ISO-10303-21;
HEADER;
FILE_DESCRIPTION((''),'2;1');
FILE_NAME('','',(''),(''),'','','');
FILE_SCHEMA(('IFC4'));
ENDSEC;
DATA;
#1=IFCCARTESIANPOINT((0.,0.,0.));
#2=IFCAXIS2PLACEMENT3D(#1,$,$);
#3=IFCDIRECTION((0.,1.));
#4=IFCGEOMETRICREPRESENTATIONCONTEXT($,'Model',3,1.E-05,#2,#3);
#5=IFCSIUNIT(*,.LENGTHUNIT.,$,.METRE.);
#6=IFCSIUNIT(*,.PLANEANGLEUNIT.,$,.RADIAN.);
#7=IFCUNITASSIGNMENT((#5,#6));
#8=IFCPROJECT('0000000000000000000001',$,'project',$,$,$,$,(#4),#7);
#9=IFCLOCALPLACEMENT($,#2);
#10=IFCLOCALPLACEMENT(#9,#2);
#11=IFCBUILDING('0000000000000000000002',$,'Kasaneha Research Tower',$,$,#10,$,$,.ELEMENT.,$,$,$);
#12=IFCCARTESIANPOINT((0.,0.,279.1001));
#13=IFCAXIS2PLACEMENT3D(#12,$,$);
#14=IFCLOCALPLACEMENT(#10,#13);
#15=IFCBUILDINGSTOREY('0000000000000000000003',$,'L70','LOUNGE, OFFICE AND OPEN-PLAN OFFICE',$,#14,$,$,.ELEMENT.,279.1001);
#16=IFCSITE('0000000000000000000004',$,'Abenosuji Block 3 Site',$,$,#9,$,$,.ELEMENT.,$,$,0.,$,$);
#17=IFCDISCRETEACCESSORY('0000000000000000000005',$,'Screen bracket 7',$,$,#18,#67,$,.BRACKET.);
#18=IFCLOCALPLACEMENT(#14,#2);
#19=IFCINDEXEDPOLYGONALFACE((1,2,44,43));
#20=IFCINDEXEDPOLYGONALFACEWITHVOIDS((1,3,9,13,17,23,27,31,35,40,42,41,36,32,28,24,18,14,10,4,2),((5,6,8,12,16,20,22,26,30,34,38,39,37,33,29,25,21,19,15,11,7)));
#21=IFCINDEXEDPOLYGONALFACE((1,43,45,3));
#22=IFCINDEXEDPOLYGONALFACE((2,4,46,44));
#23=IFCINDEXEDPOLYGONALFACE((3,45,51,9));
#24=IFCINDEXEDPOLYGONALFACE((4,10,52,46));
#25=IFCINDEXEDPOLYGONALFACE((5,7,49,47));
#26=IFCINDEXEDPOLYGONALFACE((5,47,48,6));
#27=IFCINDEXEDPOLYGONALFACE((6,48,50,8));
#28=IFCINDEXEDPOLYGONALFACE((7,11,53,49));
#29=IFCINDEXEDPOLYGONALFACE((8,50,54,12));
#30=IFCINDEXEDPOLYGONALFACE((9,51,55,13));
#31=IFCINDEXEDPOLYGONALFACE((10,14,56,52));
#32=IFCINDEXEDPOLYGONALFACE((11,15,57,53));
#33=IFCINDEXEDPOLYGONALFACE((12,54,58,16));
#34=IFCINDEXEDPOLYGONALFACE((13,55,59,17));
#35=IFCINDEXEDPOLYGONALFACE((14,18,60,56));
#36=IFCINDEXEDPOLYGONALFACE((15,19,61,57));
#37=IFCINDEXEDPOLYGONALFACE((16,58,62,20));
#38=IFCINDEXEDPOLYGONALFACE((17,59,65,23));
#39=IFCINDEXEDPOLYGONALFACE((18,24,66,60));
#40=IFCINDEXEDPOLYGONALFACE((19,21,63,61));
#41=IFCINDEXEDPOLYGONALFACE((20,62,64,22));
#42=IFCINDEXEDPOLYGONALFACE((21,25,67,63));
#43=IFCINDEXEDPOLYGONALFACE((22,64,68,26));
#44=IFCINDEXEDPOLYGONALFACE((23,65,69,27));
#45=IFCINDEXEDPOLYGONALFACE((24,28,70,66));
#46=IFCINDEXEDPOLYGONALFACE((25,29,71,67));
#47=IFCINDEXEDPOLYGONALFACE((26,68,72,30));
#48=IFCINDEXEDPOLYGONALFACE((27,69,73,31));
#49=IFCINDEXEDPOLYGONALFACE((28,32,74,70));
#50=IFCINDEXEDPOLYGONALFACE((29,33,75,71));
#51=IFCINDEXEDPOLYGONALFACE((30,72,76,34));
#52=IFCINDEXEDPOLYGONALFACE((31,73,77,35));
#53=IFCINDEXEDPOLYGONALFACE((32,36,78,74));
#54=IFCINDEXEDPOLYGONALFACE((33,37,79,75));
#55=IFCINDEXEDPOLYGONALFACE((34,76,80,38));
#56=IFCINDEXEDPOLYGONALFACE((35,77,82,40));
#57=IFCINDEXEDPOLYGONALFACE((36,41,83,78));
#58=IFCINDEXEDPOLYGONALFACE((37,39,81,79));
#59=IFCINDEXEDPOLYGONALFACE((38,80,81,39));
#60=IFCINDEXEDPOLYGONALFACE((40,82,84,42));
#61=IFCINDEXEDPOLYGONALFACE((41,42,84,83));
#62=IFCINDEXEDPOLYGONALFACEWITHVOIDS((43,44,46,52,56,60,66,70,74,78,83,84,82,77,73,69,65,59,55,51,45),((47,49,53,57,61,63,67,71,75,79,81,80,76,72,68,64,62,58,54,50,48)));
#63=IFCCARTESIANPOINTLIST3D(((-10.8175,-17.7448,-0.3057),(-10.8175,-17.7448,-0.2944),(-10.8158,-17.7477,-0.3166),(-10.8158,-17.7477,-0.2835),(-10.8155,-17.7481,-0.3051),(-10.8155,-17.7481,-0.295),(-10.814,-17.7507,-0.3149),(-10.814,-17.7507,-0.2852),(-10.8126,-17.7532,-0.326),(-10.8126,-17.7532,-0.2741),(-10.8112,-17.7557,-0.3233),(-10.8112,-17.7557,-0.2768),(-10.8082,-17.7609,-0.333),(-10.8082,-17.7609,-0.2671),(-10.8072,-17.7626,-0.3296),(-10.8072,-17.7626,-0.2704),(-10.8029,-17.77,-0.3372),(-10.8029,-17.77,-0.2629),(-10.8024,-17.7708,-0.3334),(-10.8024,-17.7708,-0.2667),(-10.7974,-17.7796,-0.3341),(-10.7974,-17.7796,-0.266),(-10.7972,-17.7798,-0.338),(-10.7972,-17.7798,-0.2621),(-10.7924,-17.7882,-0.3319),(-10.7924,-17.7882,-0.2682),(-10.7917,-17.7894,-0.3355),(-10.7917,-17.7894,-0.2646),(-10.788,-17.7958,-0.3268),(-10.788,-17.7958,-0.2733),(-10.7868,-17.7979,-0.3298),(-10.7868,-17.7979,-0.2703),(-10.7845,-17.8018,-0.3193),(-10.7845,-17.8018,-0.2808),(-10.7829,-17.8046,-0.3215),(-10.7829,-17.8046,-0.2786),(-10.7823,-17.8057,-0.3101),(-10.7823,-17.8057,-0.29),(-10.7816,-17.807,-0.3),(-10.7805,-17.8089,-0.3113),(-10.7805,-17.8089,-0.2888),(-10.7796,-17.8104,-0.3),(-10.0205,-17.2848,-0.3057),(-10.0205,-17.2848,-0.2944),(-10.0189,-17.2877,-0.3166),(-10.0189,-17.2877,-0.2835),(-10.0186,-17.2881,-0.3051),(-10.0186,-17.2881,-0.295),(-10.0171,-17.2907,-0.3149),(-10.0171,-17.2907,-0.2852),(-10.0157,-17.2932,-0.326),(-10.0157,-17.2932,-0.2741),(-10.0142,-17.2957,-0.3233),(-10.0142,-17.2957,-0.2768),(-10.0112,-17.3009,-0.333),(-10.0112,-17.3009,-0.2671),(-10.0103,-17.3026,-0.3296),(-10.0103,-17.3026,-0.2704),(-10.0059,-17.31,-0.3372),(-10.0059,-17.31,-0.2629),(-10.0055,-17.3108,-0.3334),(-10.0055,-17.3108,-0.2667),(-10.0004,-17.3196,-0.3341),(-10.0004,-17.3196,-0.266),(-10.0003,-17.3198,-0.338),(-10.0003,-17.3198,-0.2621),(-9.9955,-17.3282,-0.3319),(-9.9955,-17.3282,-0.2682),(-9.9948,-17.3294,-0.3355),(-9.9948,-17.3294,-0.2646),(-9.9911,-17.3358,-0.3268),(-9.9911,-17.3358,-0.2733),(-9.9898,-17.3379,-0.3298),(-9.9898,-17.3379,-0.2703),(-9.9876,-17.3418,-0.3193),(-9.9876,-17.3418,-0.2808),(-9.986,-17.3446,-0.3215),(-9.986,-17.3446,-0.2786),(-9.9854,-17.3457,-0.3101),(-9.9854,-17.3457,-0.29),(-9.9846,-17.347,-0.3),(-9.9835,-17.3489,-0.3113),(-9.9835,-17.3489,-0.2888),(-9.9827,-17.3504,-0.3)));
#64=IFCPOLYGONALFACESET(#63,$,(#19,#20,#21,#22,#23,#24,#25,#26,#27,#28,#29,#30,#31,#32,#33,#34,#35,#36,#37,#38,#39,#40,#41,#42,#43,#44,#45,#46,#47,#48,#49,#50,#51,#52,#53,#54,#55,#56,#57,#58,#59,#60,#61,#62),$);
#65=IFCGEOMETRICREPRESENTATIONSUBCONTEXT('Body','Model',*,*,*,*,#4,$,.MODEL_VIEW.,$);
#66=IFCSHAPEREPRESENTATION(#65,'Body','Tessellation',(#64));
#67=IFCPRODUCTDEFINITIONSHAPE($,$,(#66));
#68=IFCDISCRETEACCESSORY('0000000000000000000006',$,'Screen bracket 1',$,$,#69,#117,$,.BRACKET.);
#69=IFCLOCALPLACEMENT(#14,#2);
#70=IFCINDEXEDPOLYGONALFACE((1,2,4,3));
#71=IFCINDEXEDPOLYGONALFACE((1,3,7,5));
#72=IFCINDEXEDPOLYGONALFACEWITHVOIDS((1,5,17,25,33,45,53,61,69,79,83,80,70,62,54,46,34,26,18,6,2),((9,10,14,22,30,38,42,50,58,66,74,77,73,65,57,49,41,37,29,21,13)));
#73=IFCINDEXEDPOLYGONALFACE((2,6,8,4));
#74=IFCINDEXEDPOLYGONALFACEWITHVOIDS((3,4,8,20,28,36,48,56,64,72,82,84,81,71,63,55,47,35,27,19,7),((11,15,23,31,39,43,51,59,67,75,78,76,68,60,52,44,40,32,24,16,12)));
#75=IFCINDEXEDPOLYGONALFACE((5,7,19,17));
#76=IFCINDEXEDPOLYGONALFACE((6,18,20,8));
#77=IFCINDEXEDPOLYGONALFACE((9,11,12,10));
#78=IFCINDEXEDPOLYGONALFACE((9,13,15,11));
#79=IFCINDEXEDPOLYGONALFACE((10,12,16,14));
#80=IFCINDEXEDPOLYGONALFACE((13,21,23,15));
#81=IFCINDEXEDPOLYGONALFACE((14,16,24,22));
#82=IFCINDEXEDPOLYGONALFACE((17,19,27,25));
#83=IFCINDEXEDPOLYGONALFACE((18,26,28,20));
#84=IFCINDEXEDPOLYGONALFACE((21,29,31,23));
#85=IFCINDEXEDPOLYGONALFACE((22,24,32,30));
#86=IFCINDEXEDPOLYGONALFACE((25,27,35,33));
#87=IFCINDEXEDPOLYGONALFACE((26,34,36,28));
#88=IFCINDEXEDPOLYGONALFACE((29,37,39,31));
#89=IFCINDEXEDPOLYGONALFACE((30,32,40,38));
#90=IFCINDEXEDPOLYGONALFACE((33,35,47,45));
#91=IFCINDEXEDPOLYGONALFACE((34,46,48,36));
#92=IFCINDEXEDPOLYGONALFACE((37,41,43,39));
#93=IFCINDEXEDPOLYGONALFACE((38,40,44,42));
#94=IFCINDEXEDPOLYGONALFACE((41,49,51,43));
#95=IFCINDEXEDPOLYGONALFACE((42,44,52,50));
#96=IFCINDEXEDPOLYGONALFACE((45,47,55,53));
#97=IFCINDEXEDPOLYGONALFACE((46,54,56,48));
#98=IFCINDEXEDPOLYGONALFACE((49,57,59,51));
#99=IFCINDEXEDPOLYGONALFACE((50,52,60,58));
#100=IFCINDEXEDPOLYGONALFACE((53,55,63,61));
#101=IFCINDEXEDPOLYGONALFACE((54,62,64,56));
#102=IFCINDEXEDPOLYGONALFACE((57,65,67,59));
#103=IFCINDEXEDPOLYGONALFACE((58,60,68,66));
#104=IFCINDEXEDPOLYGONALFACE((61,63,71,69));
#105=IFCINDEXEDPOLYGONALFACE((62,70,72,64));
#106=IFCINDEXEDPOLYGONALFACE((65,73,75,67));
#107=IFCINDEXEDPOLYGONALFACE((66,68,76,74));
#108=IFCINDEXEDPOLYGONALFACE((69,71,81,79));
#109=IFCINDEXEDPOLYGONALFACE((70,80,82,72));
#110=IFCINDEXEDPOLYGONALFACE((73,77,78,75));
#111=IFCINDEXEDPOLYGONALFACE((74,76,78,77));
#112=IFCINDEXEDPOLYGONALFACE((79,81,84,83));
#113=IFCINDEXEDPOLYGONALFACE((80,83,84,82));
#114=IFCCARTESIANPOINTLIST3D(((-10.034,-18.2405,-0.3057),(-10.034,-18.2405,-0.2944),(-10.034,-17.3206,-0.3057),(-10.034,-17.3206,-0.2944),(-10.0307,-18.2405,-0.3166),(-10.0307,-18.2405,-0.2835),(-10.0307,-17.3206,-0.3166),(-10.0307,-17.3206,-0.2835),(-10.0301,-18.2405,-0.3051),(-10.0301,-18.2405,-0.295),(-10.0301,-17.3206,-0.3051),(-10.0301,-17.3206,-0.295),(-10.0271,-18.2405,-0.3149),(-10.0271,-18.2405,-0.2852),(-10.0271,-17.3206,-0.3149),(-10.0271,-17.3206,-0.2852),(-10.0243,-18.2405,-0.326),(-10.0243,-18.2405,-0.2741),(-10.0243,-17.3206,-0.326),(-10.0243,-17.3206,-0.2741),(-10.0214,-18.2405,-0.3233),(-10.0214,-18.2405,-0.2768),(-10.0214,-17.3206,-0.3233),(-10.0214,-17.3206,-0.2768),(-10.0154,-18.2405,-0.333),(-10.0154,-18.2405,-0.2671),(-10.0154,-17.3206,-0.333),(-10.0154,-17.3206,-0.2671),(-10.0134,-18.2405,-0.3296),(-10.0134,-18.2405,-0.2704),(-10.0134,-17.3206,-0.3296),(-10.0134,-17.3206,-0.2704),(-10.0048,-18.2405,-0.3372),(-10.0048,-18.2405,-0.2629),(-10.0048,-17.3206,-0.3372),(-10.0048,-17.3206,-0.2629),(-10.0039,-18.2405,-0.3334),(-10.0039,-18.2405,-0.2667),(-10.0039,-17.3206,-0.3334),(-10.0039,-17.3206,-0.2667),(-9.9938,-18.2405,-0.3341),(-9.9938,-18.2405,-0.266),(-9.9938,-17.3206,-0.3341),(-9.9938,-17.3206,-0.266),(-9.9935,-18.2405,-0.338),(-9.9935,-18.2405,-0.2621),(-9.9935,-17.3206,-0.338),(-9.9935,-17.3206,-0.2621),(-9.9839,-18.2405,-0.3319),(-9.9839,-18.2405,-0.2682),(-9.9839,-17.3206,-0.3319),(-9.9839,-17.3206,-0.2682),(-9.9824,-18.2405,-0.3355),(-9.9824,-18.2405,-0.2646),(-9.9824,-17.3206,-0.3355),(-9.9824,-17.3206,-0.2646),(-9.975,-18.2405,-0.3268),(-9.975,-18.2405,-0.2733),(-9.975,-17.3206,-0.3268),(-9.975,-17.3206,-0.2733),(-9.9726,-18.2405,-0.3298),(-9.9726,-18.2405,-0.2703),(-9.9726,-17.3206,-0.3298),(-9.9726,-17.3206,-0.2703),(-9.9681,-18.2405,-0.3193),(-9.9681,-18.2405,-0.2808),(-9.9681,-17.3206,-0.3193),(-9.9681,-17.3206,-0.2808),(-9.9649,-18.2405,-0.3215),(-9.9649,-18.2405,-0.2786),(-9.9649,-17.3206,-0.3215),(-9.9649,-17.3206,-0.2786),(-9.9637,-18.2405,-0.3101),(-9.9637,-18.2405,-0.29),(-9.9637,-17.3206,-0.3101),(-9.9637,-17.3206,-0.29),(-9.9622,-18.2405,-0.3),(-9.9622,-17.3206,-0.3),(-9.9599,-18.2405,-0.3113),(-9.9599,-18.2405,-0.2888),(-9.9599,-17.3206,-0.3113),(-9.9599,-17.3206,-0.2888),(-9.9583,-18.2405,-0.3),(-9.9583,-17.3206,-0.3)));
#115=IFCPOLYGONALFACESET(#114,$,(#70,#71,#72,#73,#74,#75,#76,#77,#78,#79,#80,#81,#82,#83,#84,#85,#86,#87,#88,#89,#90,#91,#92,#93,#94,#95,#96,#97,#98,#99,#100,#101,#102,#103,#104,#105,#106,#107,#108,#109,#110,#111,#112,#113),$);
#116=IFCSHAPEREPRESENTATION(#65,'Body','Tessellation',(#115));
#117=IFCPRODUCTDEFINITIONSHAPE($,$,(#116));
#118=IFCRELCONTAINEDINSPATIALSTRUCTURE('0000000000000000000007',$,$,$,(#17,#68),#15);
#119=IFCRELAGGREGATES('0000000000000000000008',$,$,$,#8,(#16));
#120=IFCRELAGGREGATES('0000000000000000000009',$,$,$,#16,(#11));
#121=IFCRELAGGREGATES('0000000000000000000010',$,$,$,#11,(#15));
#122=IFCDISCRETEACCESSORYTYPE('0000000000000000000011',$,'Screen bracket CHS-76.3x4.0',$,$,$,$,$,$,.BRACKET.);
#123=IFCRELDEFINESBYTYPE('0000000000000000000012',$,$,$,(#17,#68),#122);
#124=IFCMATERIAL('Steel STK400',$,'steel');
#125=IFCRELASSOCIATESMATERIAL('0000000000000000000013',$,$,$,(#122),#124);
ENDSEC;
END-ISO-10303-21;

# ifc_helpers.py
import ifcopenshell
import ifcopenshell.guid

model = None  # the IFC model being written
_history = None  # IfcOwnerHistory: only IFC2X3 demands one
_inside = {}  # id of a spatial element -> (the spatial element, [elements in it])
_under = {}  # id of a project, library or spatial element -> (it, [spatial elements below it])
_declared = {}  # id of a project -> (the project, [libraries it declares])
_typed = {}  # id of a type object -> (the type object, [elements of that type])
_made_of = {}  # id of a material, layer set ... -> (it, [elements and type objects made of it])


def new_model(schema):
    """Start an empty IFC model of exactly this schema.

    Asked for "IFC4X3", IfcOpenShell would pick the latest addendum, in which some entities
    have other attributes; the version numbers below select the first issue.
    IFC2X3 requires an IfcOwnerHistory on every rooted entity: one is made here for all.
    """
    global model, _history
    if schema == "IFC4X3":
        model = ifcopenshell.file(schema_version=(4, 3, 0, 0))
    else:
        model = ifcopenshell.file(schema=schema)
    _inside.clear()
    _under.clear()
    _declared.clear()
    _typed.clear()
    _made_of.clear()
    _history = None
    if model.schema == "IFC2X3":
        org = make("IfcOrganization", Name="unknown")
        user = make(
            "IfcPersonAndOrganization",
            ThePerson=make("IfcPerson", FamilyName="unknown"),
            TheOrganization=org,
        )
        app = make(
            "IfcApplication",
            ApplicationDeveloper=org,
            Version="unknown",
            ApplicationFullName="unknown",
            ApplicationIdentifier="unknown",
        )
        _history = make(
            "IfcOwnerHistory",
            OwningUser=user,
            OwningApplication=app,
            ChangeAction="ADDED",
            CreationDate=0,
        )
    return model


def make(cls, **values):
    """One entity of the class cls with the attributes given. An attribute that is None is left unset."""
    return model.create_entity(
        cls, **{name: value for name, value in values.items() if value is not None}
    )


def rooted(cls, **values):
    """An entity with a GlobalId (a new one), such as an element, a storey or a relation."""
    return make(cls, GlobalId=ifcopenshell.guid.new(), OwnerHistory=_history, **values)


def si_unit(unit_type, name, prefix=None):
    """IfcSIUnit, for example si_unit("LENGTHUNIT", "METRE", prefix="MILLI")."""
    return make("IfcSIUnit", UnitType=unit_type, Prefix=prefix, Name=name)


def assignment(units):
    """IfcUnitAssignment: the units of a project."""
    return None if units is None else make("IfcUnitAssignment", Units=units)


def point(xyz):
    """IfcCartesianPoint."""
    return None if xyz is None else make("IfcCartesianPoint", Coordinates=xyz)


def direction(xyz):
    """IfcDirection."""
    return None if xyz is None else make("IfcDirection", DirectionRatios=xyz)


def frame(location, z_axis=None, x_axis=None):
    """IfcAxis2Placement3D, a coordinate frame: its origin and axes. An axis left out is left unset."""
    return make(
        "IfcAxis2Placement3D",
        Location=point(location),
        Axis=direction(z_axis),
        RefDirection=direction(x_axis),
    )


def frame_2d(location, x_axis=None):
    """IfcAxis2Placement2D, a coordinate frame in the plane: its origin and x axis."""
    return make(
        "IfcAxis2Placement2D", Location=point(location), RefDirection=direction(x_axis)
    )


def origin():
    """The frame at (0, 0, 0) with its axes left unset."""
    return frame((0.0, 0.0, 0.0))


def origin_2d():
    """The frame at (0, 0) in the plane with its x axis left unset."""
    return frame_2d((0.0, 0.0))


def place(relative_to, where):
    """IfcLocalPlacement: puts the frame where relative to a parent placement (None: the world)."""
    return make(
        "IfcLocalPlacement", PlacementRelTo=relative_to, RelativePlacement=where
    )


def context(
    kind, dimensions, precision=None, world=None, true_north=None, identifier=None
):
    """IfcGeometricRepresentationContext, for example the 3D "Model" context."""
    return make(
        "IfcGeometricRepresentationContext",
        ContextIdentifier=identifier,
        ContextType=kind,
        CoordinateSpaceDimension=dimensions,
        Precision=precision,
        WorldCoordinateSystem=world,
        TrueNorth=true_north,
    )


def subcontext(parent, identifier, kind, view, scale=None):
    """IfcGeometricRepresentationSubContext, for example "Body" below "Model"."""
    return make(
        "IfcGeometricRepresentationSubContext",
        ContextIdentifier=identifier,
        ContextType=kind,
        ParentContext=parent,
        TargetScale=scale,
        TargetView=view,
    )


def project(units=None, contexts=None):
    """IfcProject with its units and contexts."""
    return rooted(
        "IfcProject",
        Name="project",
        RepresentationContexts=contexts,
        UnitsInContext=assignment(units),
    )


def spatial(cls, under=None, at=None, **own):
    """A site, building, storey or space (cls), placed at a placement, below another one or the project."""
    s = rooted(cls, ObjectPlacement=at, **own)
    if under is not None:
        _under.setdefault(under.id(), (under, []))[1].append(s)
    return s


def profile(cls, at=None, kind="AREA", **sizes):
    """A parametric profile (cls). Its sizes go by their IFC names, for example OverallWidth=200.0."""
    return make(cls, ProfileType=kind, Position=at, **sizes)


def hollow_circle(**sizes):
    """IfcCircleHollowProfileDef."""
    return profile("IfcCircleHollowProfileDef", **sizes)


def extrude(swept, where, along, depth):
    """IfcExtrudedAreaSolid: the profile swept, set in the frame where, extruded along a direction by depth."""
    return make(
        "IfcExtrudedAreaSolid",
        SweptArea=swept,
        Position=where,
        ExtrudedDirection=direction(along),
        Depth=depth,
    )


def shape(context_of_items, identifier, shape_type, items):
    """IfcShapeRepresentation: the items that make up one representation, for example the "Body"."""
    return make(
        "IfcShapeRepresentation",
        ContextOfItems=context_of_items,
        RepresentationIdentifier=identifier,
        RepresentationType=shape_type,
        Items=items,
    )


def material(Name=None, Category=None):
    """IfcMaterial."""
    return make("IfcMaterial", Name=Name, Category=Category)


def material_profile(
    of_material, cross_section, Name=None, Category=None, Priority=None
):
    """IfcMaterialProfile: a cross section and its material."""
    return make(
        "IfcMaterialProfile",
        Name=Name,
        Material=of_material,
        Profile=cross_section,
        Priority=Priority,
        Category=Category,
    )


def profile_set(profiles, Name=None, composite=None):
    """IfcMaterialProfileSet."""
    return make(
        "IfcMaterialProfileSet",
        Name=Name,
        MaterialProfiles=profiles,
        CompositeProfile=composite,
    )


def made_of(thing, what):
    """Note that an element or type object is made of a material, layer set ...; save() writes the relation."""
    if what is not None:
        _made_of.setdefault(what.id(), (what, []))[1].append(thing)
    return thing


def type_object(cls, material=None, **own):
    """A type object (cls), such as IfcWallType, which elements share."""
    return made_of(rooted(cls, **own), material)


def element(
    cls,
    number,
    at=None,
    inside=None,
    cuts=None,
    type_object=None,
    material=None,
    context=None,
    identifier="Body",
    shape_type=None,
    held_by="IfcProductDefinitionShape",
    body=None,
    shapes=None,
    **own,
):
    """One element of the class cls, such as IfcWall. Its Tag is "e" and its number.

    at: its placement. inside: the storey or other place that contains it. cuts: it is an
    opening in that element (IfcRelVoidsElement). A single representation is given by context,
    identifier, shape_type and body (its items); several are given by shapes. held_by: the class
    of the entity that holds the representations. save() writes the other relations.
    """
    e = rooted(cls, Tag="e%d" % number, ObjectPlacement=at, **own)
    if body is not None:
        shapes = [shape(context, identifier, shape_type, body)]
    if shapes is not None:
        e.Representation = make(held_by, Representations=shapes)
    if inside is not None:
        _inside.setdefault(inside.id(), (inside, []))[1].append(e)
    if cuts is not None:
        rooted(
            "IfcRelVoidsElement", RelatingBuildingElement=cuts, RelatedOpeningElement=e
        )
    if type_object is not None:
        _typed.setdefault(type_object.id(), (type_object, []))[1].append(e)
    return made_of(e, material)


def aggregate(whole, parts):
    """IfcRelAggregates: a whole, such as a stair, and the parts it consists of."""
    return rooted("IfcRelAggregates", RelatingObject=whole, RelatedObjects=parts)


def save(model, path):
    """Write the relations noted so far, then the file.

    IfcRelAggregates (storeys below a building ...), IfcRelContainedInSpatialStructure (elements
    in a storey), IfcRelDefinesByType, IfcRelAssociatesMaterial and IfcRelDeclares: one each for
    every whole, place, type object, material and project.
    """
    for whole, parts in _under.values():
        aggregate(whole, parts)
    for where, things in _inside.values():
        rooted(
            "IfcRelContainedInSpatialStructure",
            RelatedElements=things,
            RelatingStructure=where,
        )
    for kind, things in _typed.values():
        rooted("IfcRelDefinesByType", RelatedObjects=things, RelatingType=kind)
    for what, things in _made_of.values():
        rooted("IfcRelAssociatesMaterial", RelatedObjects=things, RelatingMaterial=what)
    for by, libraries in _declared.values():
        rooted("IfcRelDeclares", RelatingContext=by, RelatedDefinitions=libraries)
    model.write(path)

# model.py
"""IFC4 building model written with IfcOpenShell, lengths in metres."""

from ifc_helpers import new_model, si_unit, direction, frame, origin, origin_2d, place, context, subcontext, project, spatial, hollow_circle, extrude, material, material_profile, profile_set, type_object, element, save


model = new_model("IFC4")

# Units and contexts
model_context = context("Model", 3, precision=1e-05, world=origin(), true_north=direction((0.0, 1.0)))
body_context = subcontext(model_context, "Body", "Model", "MODEL_VIEW")
ifc_project = project(units=[si_unit("LENGTHUNIT", "METRE"), si_unit("PLANEANGLEUNIT", "RADIAN")], contexts=[model_context])

# Site, building, storey
site_placement = place(None, origin())
site = spatial("IfcSite", under=ifc_project, at=site_placement, Name="Abenosuji Block 3 Site", CompositionType="ELEMENT", RefElevation=0.0)
building_placement = place(site_placement, origin())
building = spatial("IfcBuilding", under=site, at=building_placement, Name="Kasaneha Research Tower", CompositionType="ELEMENT")
storey_placement = place(building_placement, frame((0.0, 0.0, 279.1001)))
storey = spatial("IfcBuildingStorey", under=building, at=storey_placement, Name="L70", Description="LOUNGE, OFFICE AND OPEN-PLAN OFFICE", CompositionType="ELEMENT", Elevation=279.1001)

# Discrete accessories
ifc_material_1 = material(Name="Steel STK400", Category="steel")
ifc_material_profile_1 = material_profile(ifc_material_1, hollow_circle(Radius=0.0381, WallThickness=0.0039, at=origin_2d()), Name="CHS-76.3x4.0")
ifc_profile_set_1 = profile_set([ifc_material_profile_1], Name="Steel STK400")
discrete_accessory_type = type_object("IfcDiscreteAccessoryType", Name="Screen bracket CHS-76.3x4.0", PredefinedType="BRACKET", material=ifc_profile_set_1)
discrete_accessory_1_placement = place(storey_placement, frame((-10.0017, -17.3174, -0.3), z_axis=(-0.86608, -0.499906, 0.0), x_axis=(0.499906, -0.86608, 0.0)))
element("IfcDiscreteAccessory", 1, at=discrete_accessory_1_placement, inside=storey, type_object=discrete_accessory_type, Name="Screen bracket 7", PredefinedType="BRACKET", context=body_context, shape_type="SweptSolid", body=[
    extrude(hollow_circle(Radius=0.0381, WallThickness=0.0039, at=origin_2d()), origin(), (0.0, 0.0, 1.0), 0.9202),
])
discrete_accessory_2_placement = place(storey_placement, frame((-9.9963, -17.3206, -0.3), z_axis=(0.0, -1.0, 0.0), x_axis=(1.0, 0.0, 0.0)))
element("IfcDiscreteAccessory", 2, at=discrete_accessory_2_placement, inside=storey, type_object=discrete_accessory_type, Name="Screen bracket 1", PredefinedType="BRACKET", context=body_context, shape_type="SweptSolid", body=[
    extrude(hollow_circle(Radius=0.0381, WallThickness=0.0039, at=origin_2d()), origin(), (0.0, 0.0, 1.0), 0.9199),
])

save(model, "model.ifc")
